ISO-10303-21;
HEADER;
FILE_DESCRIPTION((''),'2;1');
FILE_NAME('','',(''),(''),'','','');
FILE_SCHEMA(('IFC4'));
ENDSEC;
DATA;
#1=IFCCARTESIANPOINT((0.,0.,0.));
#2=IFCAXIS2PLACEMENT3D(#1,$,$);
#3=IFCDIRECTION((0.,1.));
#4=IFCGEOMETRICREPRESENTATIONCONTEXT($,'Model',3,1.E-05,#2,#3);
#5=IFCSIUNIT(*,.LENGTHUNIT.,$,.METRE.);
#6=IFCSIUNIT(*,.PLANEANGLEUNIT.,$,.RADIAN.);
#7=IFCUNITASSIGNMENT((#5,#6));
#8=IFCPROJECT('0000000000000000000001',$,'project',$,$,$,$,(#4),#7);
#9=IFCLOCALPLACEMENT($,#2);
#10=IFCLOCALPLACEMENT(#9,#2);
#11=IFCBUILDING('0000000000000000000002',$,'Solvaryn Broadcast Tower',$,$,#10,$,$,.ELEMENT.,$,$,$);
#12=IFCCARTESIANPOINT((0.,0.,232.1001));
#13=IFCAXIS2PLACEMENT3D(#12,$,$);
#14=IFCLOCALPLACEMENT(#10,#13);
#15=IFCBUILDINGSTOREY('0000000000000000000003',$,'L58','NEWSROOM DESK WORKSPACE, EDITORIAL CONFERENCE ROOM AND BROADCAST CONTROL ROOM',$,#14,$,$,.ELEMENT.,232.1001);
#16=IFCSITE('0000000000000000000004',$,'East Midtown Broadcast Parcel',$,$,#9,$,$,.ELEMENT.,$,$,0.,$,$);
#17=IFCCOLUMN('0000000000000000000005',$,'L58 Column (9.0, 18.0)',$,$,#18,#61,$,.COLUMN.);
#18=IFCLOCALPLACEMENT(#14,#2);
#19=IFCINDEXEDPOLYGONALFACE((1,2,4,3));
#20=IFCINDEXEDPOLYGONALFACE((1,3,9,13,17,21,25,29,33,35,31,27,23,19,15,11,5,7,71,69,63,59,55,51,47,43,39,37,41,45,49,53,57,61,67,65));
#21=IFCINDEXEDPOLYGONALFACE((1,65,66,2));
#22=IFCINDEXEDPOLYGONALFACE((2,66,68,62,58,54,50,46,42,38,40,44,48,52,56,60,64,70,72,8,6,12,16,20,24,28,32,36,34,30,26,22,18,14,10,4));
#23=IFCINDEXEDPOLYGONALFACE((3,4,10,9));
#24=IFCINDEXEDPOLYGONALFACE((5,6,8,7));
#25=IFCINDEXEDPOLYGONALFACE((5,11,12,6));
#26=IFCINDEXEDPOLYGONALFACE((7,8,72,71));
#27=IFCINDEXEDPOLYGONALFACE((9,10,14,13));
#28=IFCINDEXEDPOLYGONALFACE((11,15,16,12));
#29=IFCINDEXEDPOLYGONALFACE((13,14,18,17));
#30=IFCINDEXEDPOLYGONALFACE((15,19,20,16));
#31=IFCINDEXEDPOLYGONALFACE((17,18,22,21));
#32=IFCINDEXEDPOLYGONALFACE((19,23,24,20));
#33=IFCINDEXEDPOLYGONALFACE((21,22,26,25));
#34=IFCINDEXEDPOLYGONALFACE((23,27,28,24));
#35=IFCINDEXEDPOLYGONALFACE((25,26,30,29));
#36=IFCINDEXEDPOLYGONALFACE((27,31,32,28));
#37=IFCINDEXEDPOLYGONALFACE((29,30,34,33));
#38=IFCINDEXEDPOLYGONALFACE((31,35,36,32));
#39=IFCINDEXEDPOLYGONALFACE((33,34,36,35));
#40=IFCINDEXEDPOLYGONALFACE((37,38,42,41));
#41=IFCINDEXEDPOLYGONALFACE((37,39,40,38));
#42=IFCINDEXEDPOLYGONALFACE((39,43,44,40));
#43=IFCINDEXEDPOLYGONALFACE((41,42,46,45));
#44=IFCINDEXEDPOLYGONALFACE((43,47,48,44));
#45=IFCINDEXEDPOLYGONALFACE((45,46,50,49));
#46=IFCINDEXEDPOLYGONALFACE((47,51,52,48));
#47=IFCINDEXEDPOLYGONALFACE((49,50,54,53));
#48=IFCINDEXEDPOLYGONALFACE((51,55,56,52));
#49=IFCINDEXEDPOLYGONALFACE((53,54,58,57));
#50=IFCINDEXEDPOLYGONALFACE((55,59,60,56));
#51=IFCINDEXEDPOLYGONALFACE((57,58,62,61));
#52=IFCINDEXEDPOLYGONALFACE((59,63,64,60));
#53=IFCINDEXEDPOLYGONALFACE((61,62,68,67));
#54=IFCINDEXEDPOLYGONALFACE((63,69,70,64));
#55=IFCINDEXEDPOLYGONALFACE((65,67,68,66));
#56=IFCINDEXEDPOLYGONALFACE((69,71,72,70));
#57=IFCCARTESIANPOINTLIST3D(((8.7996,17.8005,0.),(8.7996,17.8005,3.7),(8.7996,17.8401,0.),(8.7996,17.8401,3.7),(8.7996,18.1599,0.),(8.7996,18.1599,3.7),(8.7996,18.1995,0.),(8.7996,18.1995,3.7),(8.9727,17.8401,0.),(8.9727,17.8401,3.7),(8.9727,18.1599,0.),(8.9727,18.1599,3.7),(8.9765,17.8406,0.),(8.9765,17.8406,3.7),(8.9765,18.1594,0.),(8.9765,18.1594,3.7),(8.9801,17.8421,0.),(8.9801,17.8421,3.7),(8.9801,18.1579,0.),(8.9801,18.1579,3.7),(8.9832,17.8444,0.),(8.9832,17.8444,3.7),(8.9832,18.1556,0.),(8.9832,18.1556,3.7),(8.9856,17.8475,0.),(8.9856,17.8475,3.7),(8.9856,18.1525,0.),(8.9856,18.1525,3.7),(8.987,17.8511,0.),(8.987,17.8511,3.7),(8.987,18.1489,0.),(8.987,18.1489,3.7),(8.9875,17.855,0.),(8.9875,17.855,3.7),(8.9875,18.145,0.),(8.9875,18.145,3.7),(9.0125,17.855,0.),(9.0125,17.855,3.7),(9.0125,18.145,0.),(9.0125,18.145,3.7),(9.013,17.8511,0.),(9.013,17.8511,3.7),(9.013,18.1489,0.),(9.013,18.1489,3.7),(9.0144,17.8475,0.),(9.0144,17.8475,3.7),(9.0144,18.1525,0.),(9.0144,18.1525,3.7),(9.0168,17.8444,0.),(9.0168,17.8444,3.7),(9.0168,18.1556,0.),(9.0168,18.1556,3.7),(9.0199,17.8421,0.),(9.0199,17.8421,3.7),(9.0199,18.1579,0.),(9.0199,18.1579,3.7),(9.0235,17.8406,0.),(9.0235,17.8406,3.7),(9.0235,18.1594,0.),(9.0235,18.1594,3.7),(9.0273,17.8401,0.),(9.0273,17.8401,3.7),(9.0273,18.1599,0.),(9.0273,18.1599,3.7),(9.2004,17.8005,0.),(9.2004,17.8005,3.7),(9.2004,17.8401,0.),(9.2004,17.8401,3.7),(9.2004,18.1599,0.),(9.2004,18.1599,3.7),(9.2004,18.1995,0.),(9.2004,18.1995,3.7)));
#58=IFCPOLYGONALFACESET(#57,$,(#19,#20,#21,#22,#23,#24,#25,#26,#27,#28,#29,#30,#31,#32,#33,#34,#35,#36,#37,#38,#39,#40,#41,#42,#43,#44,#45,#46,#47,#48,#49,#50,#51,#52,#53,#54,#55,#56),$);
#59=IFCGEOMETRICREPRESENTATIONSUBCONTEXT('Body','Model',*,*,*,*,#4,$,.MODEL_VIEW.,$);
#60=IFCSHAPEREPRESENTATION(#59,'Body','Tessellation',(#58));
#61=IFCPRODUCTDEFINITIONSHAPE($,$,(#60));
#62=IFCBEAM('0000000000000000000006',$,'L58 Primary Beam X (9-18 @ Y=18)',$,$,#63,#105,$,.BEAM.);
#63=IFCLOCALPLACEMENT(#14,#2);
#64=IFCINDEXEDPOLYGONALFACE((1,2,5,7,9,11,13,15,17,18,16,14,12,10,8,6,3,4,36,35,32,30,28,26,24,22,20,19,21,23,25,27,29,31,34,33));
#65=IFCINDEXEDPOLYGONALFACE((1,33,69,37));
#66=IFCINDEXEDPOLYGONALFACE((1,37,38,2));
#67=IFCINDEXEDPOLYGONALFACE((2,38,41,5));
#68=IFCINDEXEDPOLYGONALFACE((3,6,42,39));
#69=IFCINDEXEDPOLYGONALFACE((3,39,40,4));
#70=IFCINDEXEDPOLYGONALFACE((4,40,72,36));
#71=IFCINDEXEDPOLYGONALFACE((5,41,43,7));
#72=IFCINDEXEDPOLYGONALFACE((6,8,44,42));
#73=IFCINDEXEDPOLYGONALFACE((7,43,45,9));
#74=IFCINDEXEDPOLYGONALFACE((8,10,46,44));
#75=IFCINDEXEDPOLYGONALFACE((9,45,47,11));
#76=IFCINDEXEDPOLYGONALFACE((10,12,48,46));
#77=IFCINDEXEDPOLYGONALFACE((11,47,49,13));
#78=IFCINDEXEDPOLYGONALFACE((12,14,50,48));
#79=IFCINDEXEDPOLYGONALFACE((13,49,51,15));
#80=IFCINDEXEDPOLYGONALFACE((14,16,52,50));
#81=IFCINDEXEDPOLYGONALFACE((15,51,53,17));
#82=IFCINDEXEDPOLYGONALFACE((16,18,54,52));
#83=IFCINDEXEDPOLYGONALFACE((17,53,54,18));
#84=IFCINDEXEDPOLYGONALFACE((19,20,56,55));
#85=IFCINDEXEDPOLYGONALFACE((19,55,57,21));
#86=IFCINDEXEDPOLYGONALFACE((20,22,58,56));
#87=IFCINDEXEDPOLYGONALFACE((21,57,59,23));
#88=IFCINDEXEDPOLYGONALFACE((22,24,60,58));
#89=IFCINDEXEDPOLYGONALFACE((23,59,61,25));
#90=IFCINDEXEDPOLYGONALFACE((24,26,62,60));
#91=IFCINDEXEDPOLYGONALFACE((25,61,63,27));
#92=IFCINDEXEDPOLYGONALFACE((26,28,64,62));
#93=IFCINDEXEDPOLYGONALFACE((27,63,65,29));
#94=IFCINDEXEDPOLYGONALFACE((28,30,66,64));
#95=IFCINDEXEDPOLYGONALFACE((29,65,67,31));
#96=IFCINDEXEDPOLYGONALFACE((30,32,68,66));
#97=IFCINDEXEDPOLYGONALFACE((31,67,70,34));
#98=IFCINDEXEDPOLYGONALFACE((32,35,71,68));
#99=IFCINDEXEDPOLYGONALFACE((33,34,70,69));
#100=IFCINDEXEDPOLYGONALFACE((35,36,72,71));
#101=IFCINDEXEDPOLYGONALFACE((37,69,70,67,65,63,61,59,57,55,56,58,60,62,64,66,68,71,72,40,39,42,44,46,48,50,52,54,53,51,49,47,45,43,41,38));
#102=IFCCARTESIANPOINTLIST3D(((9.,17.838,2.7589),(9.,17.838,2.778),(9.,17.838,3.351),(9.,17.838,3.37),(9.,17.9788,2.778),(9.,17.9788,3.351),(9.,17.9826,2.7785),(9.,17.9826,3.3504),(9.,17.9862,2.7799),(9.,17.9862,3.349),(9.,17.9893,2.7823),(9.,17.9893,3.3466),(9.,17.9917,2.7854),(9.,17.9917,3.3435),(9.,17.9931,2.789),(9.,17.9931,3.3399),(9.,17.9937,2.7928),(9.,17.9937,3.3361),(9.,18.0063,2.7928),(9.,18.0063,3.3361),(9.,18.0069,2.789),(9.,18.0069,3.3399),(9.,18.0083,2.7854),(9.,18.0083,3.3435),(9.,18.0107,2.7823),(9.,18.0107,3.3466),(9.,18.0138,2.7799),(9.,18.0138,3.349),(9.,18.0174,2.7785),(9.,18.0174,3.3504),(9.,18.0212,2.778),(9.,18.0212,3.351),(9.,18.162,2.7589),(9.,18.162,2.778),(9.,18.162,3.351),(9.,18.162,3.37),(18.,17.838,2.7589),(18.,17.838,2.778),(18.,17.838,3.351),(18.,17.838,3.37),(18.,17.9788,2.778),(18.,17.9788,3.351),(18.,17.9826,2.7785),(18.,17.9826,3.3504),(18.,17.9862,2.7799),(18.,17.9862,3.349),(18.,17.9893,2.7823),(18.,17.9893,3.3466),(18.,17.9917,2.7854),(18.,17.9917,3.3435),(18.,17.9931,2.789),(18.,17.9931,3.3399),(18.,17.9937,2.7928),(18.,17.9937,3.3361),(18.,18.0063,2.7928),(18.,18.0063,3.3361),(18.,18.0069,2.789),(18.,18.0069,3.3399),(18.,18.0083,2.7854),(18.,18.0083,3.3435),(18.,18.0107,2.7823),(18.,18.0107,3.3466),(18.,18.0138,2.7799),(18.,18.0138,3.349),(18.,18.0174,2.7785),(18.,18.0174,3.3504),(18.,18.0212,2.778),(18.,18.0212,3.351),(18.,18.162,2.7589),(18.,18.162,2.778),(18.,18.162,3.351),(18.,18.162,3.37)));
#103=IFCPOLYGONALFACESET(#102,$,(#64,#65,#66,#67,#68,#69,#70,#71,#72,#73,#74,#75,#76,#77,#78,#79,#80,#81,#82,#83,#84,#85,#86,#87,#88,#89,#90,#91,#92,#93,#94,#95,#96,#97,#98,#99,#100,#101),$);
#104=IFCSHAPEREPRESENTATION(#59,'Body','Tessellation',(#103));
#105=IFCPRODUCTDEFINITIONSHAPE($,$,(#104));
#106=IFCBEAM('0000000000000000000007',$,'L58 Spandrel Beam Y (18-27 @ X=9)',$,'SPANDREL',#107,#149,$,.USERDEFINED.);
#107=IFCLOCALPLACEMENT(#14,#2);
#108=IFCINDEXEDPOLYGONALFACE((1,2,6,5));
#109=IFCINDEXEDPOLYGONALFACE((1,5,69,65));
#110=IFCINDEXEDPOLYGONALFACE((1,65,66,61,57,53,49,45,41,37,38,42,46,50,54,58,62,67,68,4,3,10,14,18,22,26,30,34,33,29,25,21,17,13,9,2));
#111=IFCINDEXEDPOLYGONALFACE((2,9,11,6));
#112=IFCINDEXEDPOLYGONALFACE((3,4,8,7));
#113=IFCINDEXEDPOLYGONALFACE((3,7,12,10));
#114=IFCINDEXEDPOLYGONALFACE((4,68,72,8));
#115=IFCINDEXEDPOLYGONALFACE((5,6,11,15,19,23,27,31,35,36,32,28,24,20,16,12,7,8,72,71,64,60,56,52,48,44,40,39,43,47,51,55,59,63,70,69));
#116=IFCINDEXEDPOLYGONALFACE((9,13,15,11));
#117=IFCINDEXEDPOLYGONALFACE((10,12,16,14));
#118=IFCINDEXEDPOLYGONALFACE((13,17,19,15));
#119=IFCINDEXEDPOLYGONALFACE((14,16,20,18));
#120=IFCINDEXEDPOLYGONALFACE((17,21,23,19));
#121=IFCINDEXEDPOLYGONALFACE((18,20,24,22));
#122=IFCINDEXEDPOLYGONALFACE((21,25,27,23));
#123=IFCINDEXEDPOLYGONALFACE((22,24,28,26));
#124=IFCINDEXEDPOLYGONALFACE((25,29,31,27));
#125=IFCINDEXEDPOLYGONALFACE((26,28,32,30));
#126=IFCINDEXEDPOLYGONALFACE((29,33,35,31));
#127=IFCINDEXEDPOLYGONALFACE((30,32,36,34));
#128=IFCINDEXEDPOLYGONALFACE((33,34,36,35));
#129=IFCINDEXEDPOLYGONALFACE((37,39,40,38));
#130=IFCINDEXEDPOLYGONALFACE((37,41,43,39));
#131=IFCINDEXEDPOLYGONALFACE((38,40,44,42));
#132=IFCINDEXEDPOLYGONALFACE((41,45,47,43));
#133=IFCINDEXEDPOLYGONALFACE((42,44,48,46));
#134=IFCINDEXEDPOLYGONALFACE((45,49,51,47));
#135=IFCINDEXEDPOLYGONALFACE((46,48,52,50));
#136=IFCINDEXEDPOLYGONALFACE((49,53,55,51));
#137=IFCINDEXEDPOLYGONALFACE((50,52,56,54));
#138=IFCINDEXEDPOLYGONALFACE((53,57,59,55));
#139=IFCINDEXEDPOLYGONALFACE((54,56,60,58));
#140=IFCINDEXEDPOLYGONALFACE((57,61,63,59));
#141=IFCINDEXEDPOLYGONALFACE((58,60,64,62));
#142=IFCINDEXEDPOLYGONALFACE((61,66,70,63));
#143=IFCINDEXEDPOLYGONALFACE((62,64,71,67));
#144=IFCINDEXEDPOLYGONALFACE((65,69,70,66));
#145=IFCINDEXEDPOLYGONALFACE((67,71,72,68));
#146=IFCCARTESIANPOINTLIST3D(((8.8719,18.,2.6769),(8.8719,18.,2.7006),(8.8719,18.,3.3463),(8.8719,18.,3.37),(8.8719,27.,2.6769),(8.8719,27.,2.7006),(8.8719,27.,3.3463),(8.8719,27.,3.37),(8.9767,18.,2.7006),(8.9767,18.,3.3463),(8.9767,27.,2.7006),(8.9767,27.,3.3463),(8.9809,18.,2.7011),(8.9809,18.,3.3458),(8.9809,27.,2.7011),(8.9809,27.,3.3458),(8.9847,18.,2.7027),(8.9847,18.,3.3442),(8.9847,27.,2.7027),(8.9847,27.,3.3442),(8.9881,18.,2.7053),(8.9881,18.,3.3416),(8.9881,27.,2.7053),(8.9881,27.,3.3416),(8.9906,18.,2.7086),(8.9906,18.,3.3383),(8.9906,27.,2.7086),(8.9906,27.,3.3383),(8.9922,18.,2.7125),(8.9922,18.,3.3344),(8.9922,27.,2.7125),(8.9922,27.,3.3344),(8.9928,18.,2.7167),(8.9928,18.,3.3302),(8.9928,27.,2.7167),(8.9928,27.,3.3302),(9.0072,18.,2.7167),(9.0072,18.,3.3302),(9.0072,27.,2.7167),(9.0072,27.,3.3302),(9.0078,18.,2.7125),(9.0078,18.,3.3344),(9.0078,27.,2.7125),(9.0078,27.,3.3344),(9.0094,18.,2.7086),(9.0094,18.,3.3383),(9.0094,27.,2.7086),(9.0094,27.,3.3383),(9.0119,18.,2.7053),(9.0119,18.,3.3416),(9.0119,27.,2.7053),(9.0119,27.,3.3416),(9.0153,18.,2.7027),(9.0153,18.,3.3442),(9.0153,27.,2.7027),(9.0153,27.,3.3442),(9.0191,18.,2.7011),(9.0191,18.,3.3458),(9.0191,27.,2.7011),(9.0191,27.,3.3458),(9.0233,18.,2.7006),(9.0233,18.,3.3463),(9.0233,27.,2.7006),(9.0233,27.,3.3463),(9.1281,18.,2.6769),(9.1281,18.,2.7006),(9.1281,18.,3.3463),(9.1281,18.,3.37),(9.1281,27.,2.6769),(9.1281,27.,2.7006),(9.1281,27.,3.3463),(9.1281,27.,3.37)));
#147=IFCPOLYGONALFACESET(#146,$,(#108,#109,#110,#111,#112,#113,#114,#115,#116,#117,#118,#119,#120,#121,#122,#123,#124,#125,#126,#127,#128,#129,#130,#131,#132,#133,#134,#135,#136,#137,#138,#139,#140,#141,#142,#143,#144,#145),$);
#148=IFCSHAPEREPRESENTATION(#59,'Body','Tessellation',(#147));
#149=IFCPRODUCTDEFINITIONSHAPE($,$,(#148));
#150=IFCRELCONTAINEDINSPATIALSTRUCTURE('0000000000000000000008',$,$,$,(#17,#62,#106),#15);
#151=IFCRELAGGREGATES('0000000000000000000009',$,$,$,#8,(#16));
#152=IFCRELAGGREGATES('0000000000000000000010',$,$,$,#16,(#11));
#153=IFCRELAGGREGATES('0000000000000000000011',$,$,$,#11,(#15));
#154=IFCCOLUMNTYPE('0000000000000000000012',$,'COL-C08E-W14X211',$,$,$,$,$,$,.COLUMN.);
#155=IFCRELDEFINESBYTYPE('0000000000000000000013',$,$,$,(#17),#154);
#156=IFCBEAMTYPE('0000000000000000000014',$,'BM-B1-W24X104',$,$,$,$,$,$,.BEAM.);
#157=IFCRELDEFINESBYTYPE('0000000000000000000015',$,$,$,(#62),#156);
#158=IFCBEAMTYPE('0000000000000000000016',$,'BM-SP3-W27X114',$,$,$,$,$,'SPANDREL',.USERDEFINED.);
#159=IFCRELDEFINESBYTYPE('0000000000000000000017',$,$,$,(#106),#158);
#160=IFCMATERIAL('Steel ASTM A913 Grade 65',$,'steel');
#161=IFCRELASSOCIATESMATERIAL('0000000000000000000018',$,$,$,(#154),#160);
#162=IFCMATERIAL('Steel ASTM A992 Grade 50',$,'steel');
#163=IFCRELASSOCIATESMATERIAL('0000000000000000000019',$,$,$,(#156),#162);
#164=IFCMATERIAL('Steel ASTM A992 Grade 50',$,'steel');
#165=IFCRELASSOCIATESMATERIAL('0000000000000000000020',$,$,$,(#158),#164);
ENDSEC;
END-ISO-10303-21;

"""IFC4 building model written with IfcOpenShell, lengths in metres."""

from ifc_helpers import new_model, si_unit, direction, frame, origin, origin_2d, place, context, subcontext, project, spatial, i_section, extrude, material, material_profile, profile_set, type_object, element, save


model = new_model("IFC4")

# Units and contexts
model_context = context("Model", 3, precision=1e-05, world=origin(), true_north=direction((0.0, 1.0)))
body_context = subcontext(model_context, "Body", "Model", "MODEL_VIEW")
ifc_project = project(units=[si_unit("LENGTHUNIT", "METRE"), si_unit("PLANEANGLEUNIT", "RADIAN")], contexts=[model_context])

# Site, building, storey
site_placement = place(None, origin())
site = spatial("IfcSite", under=ifc_project, at=site_placement, Name="East Midtown Broadcast Parcel", CompositionType="ELEMENT", RefElevation=0.0)
building_placement = place(site_placement, origin())
building = spatial("IfcBuilding", under=site, at=building_placement, Name="Solvaryn Broadcast Tower", CompositionType="ELEMENT")
storey_placement = place(building_placement, frame((0.0, 0.0, 232.1001)))
storey = spatial("IfcBuildingStorey", under=building, at=storey_placement, Name="L58", Description="NEWSROOM DESK WORKSPACE, EDITORIAL CONFERENCE ROOM AND BROADCAST CONTROL ROOM", CompositionType="ELEMENT", Elevation=232.1001)

# Column
ifc_material_1 = material(Name="Steel ASTM A913 Grade 65", Category="steel")
ifc_material_profile_1 = material_profile(ifc_material_1, i_section(OverallWidth=0.4009, OverallDepth=0.3989, WebThickness=0.0249, FlangeThickness=0.0396, FilletRadius=0.0149, at=origin_2d()))
ifc_profile_set_1 = profile_set([ifc_material_profile_1], Name="Steel ASTM A913 Grade 65")
column_type = type_object("IfcColumnType", Name="COL-C08E-W14X211", PredefinedType="COLUMN", material=ifc_profile_set_1)
column_placement = place(storey_placement, frame((9.0, 18.0, 0.0), z_axis=(0.0, 0.0, 1.0), x_axis=(1.0, 0.0, 0.0)))
element("IfcColumn", 1, at=column_placement, inside=storey, type_object=column_type, Name="L58 Column (9.0, 18.0)", PredefinedType="COLUMN", context=body_context, shape_type="SweptSolid", body=[
    extrude(i_section(OverallWidth=0.4009, OverallDepth=0.3989, WebThickness=0.0249, FlangeThickness=0.0396, FilletRadius=0.0149, at=origin_2d()), origin(), (0.0, 0.0, 1.0), 3.7),
])

# Beams
ifc_material_2 = material(Name="Steel ASTM A992 Grade 50", Category="steel")
ifc_material_profile_2 = material_profile(ifc_material_2, i_section(OverallWidth=0.324, OverallDepth=0.6111, WebThickness=0.0127, FlangeThickness=0.019, FilletRadius=0.0149, at=origin_2d()))
ifc_profile_set_2 = profile_set([ifc_material_profile_2], Name="Steel ASTM A992 Grade 50")
beam_type_1 = type_object("IfcBeamType", Name="BM-B1-W24X104", PredefinedType="BEAM", material=ifc_profile_set_2)
beam_1_placement = place(storey_placement, frame((9.0, 18.0, 3.0645), z_axis=(1.0, 0.0, 0.0), x_axis=(0.0, 1.0, 0.0)))
element("IfcBeam", 2, at=beam_1_placement, inside=storey, type_object=beam_type_1, Name="L58 Primary Beam X (9-18 @ Y=18)", PredefinedType="BEAM", context=body_context, shape_type="SweptSolid", body=[
    extrude(i_section(OverallWidth=0.324, OverallDepth=0.6111, WebThickness=0.0127, FlangeThickness=0.019, FilletRadius=0.0149, at=origin_2d()), origin(), (0.0, 0.0, 1.0), 9.0),
])
ifc_material_3 = material(Name="Steel ASTM A992 Grade 50", Category="steel")
ifc_material_profile_3 = material_profile(ifc_material_3, i_section(OverallWidth=0.2561, OverallDepth=0.6931, WebThickness=0.0144, FlangeThickness=0.0237, FilletRadius=0.0161, at=origin_2d()))
ifc_profile_set_3 = profile_set([ifc_material_profile_3], Name="Steel ASTM A992 Grade 50")
beam_type_2 = type_object("IfcBeamType", Name="BM-SP3-W27X114", ElementType="SPANDREL", PredefinedType="USERDEFINED", material=ifc_profile_set_3)
beam_2_placement = place(storey_placement, frame((9.0, 18.0, 3.0234), z_axis=(0.0, 1.0, 0.0), x_axis=(-1.0, 0.0, 0.0)))
element("IfcBeam", 3, at=beam_2_placement, inside=storey, type_object=beam_type_2, Name="L58 Spandrel Beam Y (18-27 @ X=9)", ObjectType="SPANDREL", PredefinedType="USERDEFINED", context=body_context, shape_type="SweptSolid", body=[
    extrude(i_section(OverallWidth=0.2561, OverallDepth=0.6931, WebThickness=0.0144, FlangeThickness=0.0237, FilletRadius=0.0161, at=origin_2d()), origin(), (0.0, 0.0, 1.0), 9.0),
])

save(model, "model.ifc")
